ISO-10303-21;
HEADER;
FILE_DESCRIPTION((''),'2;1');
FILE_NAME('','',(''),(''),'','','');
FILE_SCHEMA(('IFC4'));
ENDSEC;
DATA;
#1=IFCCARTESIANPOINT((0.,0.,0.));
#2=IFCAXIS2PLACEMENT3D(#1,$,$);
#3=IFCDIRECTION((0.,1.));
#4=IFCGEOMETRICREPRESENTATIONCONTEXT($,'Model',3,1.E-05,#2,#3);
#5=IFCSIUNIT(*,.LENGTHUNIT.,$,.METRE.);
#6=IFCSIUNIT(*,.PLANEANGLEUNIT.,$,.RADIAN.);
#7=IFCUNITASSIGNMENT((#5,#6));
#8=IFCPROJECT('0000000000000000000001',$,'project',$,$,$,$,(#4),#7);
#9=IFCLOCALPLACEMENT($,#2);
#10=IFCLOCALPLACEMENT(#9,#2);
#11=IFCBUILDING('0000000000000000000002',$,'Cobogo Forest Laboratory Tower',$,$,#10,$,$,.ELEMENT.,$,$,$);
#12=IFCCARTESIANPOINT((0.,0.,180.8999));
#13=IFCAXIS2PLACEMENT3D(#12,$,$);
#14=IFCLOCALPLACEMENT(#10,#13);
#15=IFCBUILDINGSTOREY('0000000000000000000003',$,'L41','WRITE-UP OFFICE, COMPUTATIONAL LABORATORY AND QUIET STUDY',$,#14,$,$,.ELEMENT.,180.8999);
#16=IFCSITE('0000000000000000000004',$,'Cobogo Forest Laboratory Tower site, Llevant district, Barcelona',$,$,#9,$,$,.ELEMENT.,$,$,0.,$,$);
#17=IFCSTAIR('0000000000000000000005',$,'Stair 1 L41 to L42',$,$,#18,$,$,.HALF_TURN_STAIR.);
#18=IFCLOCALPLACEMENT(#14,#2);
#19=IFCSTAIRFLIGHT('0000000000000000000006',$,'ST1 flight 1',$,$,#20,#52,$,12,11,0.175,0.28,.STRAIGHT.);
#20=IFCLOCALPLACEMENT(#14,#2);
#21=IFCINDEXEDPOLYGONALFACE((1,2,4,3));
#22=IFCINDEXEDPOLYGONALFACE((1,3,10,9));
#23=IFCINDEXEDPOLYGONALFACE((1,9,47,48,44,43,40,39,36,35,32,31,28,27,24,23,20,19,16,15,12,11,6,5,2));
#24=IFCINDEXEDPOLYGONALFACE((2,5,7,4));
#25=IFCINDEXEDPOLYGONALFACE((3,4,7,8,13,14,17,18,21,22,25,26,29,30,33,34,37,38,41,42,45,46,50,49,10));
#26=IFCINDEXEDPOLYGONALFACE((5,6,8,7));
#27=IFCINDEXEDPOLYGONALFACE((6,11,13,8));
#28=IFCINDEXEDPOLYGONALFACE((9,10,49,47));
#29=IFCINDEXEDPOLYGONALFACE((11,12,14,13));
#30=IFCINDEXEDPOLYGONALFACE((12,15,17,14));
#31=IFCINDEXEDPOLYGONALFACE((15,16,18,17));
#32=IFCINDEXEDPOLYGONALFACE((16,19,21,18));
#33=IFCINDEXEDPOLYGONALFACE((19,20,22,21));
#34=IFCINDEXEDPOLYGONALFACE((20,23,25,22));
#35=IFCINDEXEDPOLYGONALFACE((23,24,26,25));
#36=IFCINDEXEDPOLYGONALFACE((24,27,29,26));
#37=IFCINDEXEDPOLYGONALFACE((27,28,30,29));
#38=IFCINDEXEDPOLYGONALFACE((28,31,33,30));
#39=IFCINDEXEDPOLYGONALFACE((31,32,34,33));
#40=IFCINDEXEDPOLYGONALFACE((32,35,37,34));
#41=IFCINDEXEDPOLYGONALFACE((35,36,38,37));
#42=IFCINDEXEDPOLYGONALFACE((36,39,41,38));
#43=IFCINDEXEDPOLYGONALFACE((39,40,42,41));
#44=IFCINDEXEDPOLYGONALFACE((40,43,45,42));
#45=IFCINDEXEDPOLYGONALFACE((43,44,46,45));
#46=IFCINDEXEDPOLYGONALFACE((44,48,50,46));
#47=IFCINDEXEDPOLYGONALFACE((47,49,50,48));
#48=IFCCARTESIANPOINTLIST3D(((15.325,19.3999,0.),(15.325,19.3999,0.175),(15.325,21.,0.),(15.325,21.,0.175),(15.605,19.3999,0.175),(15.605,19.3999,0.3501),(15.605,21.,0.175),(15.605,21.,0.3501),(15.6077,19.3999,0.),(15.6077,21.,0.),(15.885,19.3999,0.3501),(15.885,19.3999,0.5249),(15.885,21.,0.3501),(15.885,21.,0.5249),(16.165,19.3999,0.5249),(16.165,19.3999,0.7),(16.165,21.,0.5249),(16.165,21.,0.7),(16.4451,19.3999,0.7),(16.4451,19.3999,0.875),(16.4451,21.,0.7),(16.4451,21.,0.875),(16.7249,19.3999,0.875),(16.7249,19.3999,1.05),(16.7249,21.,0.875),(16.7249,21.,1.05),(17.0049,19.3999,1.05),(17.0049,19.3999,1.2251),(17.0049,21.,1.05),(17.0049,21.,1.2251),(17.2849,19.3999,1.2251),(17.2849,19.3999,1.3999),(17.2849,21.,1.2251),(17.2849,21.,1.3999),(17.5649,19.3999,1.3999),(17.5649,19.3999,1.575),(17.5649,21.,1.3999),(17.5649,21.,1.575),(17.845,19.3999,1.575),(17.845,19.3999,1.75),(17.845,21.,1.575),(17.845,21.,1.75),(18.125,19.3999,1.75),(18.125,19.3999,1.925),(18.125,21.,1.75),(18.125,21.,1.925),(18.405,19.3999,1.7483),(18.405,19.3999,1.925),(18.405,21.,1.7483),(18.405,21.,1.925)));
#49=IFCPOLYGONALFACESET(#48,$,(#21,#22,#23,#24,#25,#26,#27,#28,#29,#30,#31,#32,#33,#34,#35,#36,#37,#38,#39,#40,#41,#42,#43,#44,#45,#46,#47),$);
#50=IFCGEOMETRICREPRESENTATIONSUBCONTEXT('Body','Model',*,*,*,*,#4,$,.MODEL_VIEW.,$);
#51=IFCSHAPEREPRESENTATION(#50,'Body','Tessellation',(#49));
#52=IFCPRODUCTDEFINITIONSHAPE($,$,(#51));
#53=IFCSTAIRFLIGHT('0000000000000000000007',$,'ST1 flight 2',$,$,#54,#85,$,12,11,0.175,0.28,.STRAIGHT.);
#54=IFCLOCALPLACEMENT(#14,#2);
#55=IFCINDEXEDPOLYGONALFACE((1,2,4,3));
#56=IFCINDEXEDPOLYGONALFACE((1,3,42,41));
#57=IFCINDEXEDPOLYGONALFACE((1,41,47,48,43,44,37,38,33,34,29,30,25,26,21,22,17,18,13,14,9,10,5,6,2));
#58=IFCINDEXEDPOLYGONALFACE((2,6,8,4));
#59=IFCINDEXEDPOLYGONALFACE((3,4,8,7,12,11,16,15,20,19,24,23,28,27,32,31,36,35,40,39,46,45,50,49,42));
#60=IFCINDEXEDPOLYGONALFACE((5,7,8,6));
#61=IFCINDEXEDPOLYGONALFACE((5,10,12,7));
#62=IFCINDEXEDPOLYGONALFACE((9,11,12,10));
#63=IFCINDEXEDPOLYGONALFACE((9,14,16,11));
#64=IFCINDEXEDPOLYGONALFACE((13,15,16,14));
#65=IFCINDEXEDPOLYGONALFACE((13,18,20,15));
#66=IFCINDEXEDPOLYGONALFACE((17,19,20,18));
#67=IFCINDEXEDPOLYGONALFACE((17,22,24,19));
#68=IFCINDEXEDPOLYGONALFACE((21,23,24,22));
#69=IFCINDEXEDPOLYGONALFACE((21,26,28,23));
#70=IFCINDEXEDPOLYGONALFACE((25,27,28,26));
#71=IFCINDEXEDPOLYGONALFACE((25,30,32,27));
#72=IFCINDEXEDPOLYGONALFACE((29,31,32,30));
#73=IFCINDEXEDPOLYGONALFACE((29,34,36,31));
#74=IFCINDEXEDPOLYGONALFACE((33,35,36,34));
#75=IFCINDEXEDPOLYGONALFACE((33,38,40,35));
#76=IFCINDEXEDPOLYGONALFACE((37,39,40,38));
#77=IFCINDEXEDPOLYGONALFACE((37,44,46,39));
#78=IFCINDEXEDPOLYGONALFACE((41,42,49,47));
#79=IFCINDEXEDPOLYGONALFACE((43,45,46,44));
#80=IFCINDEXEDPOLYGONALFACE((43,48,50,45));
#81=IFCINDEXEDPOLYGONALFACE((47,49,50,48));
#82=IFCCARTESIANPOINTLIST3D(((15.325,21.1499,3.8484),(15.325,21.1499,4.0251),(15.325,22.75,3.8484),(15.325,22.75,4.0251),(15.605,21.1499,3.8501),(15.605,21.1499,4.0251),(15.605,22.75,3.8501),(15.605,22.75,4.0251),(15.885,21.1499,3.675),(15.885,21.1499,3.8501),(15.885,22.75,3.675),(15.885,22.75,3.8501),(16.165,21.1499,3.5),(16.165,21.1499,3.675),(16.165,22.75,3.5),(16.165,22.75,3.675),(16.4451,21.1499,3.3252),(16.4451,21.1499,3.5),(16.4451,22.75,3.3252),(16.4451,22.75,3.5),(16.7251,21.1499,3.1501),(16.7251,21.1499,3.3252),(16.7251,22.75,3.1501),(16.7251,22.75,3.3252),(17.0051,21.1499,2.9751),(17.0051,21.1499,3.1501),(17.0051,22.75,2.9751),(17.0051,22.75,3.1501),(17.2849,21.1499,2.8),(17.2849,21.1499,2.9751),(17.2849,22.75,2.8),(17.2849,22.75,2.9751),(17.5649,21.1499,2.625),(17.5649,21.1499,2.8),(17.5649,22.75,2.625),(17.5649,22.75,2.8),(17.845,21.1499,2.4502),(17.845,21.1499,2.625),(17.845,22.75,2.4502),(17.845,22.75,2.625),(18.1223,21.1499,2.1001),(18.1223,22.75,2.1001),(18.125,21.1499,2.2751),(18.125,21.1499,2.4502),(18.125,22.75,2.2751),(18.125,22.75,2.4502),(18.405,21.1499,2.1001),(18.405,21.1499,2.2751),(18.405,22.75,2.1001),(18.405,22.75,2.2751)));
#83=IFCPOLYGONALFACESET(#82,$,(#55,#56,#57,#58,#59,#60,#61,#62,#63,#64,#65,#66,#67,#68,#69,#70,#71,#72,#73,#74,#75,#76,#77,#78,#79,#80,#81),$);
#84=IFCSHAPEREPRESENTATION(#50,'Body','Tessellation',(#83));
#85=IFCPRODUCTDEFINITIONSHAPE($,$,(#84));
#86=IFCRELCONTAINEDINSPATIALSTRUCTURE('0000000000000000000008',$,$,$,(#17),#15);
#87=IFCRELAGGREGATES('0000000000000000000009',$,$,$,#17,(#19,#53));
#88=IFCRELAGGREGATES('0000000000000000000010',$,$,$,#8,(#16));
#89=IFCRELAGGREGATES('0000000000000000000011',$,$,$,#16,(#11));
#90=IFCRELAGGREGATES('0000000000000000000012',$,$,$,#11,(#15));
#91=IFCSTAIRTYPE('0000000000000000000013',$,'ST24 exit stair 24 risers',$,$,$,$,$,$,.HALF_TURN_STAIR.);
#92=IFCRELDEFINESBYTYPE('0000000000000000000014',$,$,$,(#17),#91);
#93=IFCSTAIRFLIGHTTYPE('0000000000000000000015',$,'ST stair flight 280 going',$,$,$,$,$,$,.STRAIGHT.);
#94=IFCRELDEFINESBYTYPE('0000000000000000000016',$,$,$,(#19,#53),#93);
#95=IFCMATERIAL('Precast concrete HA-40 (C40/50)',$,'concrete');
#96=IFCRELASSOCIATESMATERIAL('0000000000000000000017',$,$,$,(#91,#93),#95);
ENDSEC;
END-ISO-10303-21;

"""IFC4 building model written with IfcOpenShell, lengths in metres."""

from ifc_helpers import new_model, si_unit, direction, frame, origin, place, context, subcontext, project, spatial, polyline, outline, extrude, material, type_object, element, aggregate, save


model = new_model("IFC4")

# Units and contexts
model_context = context("Model", 3, precision=1e-05, world=origin(), true_north=direction((0.0, 1.0)))
body_context = subcontext(model_context, "Body", "Model", "MODEL_VIEW")
ifc_project = project(units=[si_unit("LENGTHUNIT", "METRE"), si_unit("PLANEANGLEUNIT", "RADIAN")], contexts=[model_context])

# Site, building, storey
site_placement = place(None, origin())
site = spatial("IfcSite", under=ifc_project, at=site_placement, Name="Cobogo Forest Laboratory Tower site, Llevant district, Barcelona", CompositionType="ELEMENT", RefElevation=0.0)
building_placement = place(site_placement, origin())
building = spatial("IfcBuilding", under=site, at=building_placement, Name="Cobogo Forest Laboratory Tower", CompositionType="ELEMENT")
storey_placement = place(building_placement, frame((0.0, 0.0, 180.8999)))
storey = spatial("IfcBuildingStorey", under=building, at=storey_placement, Name="L41", Description="WRITE-UP OFFICE, COMPUTATIONAL LABORATORY AND QUIET STUDY", CompositionType="ELEMENT", Elevation=180.8999)

# Stair, stair flights
ifc_material_1 = material(Name="Precast concrete HA-40 (C40/50)", Category="concrete")
stair_type = type_object("IfcStairType", Name="ST24 exit stair 24 risers", PredefinedType="HALF_TURN_STAIR", material=ifc_material_1)
stair_placement = place(storey_placement, origin())
stair = element("IfcStair", 1, at=stair_placement, inside=storey, type_object=stair_type, Name="Stair 1 L41 to L42", PredefinedType="HALF_TURN_STAIR")
stair_flight_type = type_object("IfcStairFlightType", Name="ST stair flight 280 going", PredefinedType="STRAIGHT", material=ifc_material_1)
stair_flight_1_placement = place(storey_placement, frame((15.325, 20.2, 0.0), z_axis=(0.0, 0.0, 1.0), x_axis=(1.0, 0.0, 0.0)))
stair_flight_1 = element("IfcStairFlight", 2, at=stair_flight_1_placement, type_object=stair_flight_type, Name="ST1 flight 1", NumberOfRisers=12, NumberOfTreads=11, PredefinedType="STRAIGHT", RiserHeight=0.175, TreadLength=0.28, context=body_context, shape_type="SweptSolid", body=[
    extrude(outline(polyline([(0.0, 0.0), (0.0, 0.175), (0.28, 0.175), (0.28, 0.3501), (0.5601, 0.3501), (0.5601, 0.5249), (0.8401, 0.5249), (0.8401, 0.7), (1.1201, 0.7), (1.1201, 0.875), (1.3999, 0.875), (1.3999, 1.05), (1.6799, 1.05), (1.6799, 1.2251), (1.96, 1.2251), (1.96, 1.3999), (2.24, 1.3999), (2.24, 1.575), (2.52, 1.575), (2.52, 1.75), (2.8, 1.75), (2.8, 1.925), (3.0801, 1.925), (3.0801, 2.1001), (3.0801, 1.7483), (0.2827, 0.0), (0.0, 0.0)])), frame((0.0, 0.8, 0.0), z_axis=(0.0, -1.0, 0.0), x_axis=(1.0, 0.0, 0.0)), (0.0, 0.0, 1.0), 1.6001),
])
stair_flight_2_placement = place(storey_placement, frame((18.405, 21.95, 2.1001), z_axis=(0.0, 0.0, 1.0), x_axis=(-1.0, 0.0, 0.0)))
stair_flight_2 = element("IfcStairFlight", 3, at=stair_flight_2_placement, type_object=stair_flight_type, Name="ST1 flight 2", NumberOfRisers=12, NumberOfTreads=11, PredefinedType="STRAIGHT", RiserHeight=0.175, TreadLength=0.28, context=body_context, shape_type="SweptSolid", body=[
    extrude(outline(polyline([(0.0, 0.0), (0.0, 0.175), (0.28, 0.175), (0.28, 0.3501), (0.5601, 0.3501), (0.5601, 0.5249), (0.8401, 0.5249), (0.8401, 0.7), (1.1201, 0.7), (1.1201, 0.875), (1.3999, 0.875), (1.3999, 1.05), (1.6799, 1.05), (1.6799, 1.2251), (1.96, 1.2251), (1.96, 1.3999), (2.24, 1.3999), (2.24, 1.575), (2.52, 1.575), (2.52, 1.75), (2.8, 1.75), (2.8, 1.925), (3.0801, 1.925), (3.0801, 2.1001), (3.0801, 1.7483), (0.2827, 0.0), (0.0, 0.0)])), frame((0.0, 0.8, 0.0), z_axis=(0.0, -1.0, 0.0), x_axis=(1.0, 0.0, 0.0)), (0.0, 0.0, 1.0), 1.6001),
])
aggregate(stair, [stair_flight_1, stair_flight_2])

save(model, "model.ifc")
